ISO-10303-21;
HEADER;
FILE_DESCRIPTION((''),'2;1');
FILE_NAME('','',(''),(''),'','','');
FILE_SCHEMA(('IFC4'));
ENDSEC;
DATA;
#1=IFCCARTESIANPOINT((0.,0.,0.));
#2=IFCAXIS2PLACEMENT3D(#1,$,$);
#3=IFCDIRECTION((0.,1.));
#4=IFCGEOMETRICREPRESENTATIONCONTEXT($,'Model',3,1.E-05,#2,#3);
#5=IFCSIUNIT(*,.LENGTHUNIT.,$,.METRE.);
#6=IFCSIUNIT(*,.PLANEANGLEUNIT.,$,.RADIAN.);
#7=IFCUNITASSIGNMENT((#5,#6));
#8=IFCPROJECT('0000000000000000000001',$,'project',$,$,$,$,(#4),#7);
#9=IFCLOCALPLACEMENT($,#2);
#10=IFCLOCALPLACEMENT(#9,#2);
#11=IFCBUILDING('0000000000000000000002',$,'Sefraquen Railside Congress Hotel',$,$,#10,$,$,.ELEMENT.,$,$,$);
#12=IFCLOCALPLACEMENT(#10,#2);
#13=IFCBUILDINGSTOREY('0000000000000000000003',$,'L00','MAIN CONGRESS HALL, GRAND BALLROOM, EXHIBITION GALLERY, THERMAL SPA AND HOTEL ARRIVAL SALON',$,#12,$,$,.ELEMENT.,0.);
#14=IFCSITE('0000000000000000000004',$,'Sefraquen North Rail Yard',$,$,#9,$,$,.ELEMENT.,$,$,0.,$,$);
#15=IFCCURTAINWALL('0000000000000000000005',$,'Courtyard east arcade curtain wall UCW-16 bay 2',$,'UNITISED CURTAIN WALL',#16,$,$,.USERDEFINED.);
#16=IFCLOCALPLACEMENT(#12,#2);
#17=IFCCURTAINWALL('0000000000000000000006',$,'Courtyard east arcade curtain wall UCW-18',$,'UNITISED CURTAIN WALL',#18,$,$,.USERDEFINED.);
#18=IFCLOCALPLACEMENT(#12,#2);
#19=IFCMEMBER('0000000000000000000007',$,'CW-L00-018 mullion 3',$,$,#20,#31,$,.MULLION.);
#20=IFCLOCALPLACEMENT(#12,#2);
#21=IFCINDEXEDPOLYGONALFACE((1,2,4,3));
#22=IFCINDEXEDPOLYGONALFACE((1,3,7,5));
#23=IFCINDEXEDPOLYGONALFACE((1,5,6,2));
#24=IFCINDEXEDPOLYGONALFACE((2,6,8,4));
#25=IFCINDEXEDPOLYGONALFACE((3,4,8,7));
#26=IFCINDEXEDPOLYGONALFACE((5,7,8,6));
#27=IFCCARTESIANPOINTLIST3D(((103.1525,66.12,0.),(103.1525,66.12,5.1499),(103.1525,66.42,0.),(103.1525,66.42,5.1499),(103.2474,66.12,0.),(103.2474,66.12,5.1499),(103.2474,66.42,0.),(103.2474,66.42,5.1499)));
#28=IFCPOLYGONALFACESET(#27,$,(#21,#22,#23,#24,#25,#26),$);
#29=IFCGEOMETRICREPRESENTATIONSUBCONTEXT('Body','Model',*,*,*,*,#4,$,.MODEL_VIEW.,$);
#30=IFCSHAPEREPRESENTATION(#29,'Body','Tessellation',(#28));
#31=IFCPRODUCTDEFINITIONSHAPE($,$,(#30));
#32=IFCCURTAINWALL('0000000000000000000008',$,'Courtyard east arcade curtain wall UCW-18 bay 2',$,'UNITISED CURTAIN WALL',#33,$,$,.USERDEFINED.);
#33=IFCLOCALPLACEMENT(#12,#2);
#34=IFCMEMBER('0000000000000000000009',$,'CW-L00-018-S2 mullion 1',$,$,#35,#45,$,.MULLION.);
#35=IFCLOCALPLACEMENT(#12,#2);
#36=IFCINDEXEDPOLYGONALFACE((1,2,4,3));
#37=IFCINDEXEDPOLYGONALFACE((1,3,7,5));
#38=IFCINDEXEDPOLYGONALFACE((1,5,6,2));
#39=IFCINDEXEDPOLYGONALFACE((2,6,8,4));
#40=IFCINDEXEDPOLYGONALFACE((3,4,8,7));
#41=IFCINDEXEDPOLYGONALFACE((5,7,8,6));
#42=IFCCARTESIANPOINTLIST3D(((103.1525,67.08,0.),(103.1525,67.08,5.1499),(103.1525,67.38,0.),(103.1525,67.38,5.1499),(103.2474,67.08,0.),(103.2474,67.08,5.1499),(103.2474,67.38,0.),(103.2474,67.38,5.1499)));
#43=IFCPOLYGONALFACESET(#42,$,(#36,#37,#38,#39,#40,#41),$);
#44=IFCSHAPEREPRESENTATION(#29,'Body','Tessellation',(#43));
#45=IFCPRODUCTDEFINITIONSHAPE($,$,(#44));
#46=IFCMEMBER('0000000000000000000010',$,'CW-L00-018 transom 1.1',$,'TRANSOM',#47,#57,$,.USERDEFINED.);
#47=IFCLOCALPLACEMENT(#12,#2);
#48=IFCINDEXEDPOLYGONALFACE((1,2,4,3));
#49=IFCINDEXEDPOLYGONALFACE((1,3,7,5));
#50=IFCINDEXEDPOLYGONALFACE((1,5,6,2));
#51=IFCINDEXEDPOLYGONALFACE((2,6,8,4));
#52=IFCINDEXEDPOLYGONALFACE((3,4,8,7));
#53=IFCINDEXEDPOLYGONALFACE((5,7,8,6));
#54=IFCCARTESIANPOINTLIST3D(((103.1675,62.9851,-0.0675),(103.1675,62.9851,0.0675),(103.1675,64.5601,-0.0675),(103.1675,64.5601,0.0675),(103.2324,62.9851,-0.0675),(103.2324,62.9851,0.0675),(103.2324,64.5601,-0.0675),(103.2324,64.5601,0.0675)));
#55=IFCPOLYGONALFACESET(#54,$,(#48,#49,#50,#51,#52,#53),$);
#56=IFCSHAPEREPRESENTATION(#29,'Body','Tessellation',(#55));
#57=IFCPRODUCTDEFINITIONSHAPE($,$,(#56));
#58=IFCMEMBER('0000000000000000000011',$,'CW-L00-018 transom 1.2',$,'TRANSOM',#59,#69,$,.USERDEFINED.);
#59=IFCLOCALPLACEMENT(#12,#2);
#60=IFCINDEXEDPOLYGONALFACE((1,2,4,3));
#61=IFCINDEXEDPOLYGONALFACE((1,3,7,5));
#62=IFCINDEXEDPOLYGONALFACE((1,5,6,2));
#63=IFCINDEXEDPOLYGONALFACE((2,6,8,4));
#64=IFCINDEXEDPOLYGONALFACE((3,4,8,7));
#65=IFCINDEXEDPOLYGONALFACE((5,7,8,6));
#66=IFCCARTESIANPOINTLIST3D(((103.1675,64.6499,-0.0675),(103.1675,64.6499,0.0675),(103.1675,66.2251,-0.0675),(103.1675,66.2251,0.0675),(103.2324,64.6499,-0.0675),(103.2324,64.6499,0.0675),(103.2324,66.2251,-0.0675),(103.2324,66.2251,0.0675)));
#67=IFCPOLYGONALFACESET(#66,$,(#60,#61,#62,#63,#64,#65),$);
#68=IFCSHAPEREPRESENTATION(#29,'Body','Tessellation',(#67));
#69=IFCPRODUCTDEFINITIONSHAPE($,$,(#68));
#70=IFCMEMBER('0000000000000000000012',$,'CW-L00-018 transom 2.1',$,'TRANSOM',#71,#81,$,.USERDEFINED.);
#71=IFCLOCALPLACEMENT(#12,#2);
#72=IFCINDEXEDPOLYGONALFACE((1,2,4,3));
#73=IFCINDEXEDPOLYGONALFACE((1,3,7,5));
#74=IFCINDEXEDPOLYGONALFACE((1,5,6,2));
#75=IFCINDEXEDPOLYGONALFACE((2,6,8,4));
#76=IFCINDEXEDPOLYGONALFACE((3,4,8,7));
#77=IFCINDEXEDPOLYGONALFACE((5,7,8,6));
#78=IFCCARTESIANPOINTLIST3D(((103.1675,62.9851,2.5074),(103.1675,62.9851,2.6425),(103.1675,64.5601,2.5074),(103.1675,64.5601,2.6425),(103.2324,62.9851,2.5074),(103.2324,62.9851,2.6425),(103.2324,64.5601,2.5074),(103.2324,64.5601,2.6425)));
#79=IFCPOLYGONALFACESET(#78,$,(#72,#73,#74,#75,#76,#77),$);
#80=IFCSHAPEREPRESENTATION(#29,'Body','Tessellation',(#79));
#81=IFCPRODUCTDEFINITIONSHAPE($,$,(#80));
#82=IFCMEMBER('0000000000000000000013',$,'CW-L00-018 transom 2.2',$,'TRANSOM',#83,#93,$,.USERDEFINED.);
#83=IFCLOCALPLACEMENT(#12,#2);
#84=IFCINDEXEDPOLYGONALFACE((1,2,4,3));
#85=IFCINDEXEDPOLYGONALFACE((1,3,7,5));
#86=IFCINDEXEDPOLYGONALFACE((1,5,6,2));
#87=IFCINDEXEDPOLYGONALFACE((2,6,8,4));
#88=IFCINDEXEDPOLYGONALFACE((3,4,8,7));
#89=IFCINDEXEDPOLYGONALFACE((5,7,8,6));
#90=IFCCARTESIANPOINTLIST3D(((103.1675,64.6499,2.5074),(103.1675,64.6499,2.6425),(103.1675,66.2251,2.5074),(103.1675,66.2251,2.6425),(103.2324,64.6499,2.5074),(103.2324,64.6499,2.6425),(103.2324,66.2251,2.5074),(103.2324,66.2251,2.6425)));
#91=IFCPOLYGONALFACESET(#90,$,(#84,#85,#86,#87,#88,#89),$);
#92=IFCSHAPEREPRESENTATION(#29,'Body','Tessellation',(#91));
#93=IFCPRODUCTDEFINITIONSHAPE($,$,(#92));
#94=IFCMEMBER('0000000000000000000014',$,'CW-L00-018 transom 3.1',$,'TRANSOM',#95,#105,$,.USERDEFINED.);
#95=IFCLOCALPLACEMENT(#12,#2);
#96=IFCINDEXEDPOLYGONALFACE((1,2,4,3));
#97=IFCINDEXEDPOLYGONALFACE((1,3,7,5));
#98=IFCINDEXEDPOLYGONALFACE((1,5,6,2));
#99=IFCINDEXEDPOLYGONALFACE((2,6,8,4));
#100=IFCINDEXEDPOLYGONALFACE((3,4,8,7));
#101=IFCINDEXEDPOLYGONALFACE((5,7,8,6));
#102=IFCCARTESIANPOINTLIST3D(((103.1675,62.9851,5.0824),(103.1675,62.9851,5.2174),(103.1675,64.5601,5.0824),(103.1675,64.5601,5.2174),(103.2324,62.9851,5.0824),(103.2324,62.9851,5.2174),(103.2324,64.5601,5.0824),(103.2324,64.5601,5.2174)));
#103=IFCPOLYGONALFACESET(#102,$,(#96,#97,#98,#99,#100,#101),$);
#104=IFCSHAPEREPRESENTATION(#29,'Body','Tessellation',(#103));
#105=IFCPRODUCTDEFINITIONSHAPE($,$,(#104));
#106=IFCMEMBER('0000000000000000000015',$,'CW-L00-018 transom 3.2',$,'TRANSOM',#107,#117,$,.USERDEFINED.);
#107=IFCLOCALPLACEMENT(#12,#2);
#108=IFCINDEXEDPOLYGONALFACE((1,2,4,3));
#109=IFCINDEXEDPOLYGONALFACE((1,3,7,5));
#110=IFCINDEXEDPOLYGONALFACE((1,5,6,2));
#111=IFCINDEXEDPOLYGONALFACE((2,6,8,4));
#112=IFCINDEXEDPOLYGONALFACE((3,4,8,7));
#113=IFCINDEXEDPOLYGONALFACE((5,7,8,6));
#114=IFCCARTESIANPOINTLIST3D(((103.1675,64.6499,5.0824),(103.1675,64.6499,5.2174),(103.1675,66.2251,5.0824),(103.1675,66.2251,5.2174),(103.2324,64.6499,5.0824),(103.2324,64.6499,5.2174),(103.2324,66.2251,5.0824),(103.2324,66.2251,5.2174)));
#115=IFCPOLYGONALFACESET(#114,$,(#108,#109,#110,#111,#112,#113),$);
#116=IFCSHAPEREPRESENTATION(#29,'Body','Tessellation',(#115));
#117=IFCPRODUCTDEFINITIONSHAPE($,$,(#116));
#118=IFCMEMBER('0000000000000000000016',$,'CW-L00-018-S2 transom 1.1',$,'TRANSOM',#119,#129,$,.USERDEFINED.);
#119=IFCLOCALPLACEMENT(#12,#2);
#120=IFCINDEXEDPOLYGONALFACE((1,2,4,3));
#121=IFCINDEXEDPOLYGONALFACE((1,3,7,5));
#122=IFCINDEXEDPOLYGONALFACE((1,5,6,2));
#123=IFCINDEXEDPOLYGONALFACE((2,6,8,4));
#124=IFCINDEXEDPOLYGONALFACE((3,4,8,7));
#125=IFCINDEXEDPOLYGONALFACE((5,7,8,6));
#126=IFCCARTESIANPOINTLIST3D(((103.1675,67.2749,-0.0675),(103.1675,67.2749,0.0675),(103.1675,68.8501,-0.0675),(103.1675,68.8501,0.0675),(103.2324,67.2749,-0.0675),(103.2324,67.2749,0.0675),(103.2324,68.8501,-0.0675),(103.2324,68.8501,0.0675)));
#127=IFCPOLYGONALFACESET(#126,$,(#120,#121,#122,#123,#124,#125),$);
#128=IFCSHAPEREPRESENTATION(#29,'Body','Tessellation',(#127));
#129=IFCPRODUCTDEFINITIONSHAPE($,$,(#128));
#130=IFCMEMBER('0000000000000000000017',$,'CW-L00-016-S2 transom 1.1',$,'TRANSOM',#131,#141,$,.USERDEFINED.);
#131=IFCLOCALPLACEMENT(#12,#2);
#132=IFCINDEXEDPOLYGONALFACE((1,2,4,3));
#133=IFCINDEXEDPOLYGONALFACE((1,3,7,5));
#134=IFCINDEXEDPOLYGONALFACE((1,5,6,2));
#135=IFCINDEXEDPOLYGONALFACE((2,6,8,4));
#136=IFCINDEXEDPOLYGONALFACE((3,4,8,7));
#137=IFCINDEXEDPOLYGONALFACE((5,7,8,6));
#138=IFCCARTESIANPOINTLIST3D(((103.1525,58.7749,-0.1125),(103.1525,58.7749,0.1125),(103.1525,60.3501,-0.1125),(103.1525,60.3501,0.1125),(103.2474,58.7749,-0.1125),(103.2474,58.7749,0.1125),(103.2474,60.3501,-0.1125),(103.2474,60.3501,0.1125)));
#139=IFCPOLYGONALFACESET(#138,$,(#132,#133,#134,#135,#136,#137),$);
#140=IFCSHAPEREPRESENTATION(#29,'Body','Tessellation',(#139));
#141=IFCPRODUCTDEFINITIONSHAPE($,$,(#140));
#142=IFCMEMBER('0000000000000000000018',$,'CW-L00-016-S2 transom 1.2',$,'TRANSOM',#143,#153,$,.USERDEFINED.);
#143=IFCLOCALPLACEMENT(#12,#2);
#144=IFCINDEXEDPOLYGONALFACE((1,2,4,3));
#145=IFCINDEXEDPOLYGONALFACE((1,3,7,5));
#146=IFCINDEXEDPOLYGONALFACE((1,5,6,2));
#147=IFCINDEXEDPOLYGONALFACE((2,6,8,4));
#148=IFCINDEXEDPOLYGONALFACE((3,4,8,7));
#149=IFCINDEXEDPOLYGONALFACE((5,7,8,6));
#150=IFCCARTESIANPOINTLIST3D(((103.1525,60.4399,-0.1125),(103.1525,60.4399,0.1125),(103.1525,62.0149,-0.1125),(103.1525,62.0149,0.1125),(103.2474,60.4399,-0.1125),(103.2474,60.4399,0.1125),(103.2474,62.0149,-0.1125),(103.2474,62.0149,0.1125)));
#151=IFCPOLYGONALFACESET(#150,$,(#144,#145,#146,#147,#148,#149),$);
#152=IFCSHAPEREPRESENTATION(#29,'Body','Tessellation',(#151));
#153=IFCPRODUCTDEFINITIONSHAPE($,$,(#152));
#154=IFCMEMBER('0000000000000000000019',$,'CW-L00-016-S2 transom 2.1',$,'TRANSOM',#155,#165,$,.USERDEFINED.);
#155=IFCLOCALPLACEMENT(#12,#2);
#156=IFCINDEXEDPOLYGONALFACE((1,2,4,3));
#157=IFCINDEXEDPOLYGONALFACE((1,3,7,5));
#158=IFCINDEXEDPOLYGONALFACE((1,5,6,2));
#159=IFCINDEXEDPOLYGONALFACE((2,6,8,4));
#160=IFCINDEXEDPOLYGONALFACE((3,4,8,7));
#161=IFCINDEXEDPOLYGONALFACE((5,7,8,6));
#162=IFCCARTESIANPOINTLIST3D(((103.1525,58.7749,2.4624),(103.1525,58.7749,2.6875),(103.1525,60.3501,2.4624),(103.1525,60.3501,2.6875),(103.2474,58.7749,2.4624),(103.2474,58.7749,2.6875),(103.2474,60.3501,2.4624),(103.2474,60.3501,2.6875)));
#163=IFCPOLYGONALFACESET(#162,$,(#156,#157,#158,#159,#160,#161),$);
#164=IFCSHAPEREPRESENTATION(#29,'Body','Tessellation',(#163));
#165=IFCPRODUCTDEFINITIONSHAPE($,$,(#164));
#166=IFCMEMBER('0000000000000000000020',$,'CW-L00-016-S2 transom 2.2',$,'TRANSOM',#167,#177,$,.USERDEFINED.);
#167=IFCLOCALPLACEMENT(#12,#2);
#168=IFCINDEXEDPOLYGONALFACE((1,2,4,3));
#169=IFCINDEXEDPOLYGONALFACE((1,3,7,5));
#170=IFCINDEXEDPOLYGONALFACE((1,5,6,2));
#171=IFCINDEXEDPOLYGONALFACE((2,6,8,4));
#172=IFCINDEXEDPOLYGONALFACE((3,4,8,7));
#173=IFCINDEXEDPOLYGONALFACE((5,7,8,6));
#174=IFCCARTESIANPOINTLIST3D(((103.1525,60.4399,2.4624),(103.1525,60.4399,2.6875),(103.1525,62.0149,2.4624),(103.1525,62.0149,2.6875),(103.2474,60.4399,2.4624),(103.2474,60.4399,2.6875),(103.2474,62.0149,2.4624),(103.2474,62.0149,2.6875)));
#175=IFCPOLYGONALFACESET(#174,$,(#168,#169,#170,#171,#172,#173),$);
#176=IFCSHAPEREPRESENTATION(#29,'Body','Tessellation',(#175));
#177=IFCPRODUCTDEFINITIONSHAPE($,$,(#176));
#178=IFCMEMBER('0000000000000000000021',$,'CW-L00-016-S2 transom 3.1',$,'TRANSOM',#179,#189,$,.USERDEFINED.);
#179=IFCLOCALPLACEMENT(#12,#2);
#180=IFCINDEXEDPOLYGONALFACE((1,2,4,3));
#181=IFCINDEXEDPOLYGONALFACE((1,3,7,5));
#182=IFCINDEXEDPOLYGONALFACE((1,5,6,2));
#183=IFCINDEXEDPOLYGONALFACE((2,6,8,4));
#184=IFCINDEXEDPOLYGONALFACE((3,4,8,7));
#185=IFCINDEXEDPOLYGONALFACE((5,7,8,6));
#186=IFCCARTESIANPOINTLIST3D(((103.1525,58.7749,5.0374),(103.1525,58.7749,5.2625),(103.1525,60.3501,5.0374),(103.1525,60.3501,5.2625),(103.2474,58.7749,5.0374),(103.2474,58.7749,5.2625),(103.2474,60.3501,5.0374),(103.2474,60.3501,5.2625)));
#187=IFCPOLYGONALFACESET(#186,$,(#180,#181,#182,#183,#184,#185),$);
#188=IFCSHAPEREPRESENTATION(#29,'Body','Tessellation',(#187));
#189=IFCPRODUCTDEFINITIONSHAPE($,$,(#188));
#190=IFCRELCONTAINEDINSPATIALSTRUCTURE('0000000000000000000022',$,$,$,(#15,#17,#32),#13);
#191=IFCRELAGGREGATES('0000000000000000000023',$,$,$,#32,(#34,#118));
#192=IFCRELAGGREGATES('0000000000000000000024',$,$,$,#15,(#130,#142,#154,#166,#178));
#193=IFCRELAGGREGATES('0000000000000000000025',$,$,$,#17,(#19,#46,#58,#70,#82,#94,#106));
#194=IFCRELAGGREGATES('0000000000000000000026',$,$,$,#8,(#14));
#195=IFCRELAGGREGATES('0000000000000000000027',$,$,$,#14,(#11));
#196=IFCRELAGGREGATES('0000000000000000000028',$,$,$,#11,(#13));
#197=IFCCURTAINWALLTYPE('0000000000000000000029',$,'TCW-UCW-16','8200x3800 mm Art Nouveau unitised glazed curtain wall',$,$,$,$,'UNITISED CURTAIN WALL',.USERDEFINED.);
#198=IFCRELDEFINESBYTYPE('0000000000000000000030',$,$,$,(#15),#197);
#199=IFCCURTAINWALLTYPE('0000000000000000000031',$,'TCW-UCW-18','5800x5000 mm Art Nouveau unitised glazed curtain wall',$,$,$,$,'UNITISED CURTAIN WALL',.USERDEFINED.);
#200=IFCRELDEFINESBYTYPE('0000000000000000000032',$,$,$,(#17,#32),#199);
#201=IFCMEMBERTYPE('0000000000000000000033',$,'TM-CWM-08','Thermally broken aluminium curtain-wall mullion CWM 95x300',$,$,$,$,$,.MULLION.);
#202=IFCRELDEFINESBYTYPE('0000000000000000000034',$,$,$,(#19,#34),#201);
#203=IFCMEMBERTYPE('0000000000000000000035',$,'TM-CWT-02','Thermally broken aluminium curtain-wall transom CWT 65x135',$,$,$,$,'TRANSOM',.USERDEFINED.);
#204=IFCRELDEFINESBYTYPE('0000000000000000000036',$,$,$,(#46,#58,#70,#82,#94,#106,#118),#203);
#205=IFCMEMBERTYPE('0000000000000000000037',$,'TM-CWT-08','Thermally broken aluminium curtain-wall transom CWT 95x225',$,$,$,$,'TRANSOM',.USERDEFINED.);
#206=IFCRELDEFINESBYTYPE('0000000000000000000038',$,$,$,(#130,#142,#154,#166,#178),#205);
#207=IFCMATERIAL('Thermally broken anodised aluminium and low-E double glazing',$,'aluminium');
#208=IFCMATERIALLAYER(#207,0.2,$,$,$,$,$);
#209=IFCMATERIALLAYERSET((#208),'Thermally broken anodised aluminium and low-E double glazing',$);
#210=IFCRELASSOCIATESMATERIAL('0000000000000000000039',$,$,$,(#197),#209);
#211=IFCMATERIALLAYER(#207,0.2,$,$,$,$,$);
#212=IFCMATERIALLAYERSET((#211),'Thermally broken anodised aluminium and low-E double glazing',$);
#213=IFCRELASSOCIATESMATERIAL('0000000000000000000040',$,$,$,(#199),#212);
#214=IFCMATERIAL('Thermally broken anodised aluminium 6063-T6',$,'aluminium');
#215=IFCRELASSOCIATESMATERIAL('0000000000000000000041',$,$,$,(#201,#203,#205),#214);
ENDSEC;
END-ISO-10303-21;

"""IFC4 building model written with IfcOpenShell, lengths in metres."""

from ifc_helpers import new_model, si_unit, direction, frame, origin, origin_2d, place, context, subcontext, project, spatial, rectangle, extrude, material, layer, layer_set, material_profile, profile_set, type_object, element, aggregate, save


model = new_model("IFC4")

# Units and contexts
model_context = context("Model", 3, precision=1e-05, world=origin(), true_north=direction((0.0, 1.0)))
body_context = subcontext(model_context, "Body", "Model", "MODEL_VIEW")
ifc_project = project(units=[si_unit("LENGTHUNIT", "METRE"), si_unit("PLANEANGLEUNIT", "RADIAN")], contexts=[model_context])

# Site, building, storey
site_placement = place(None, origin())
site = spatial("IfcSite", under=ifc_project, at=site_placement, Name="Sefraquen North Rail Yard", CompositionType="ELEMENT", RefElevation=0.0)
building_placement = place(site_placement, origin())
building = spatial("IfcBuilding", under=site, at=building_placement, Name="Sefraquen Railside Congress Hotel", CompositionType="ELEMENT")
storey_placement = place(building_placement, origin())
storey = spatial("IfcBuildingStorey", under=building, at=storey_placement, Name="L00", Description="MAIN CONGRESS HALL, GRAND BALLROOM, EXHIBITION GALLERY, THERMAL SPA AND HOTEL ARRIVAL SALON", CompositionType="ELEMENT", Elevation=0.0)

# Curtain walls
ifc_material_1 = material(Name="Thermally broken anodised aluminium and low-E double glazing", Category="aluminium")
ifc_layer_1 = layer(ifc_material_1, 0.2)
ifc_layer_set_1 = layer_set([ifc_layer_1], Name="Thermally broken anodised aluminium and low-E double glazing")
curtain_wall_type_1 = type_object("IfcCurtainWallType", Name="TCW-UCW-16", Description="8200x3800 mm Art Nouveau unitised glazed curtain wall", ElementType="UNITISED CURTAIN WALL", PredefinedType="USERDEFINED", material=ifc_layer_set_1)
curtain_wall_1_placement = place(storey_placement, origin())
curtain_wall_1 = element("IfcCurtainWall", 1, at=curtain_wall_1_placement, inside=storey, type_object=curtain_wall_type_1, Name="Courtyard east arcade curtain wall UCW-16 bay 2", ObjectType="UNITISED CURTAIN WALL", PredefinedType="USERDEFINED")
ifc_material_2 = material(Name="Thermally broken anodised aluminium 6063-T6", Category="aluminium")
ifc_layer_2 = layer(ifc_material_1, 0.2)
ifc_layer_set_2 = layer_set([ifc_layer_2], Name="Thermally broken anodised aluminium and low-E double glazing")
curtain_wall_type_2 = type_object("IfcCurtainWallType", Name="TCW-UCW-18", Description="5800x5000 mm Art Nouveau unitised glazed curtain wall", ElementType="UNITISED CURTAIN WALL", PredefinedType="USERDEFINED", material=ifc_layer_set_2)
curtain_wall_2_placement = place(storey_placement, origin())
curtain_wall_2 = element("IfcCurtainWall", 2, at=curtain_wall_2_placement, inside=storey, type_object=curtain_wall_type_2, Name="Courtyard east arcade curtain wall UCW-18", ObjectType="UNITISED CURTAIN WALL", PredefinedType="USERDEFINED")

# Member
ifc_material_profile_1 = material_profile(ifc_material_2, rectangle(XDim=0.095, YDim=0.3, at=origin_2d()), Name="CWM 95x300")
ifc_profile_set_1 = profile_set([ifc_material_profile_1], Name="Thermally broken anodised aluminium 6063-T6")
member_type_1 = type_object("IfcMemberType", Name="TM-CWM-08", Description="Thermally broken aluminium curtain-wall mullion CWM 95x300", PredefinedType="MULLION", material=ifc_profile_set_1)
member_1_placement = place(storey_placement, frame((103.2, 66.27, 0.0), z_axis=(0.0, 0.0, 1.0), x_axis=(1.0, 0.0, 0.0)))
member_1 = element("IfcMember", 3, at=member_1_placement, type_object=member_type_1, Name="CW-L00-018 mullion 3", PredefinedType="MULLION", context=body_context, shape_type="SweptSolid", body=[
    extrude(rectangle(XDim=0.095, YDim=0.3, at=origin_2d()), origin(), (0.0, 0.0, 1.0), 5.1499),
])

# Curtain wall, member
curtain_wall_3_placement = place(storey_placement, origin())
curtain_wall_3 = element("IfcCurtainWall", 4, at=curtain_wall_3_placement, inside=storey, type_object=curtain_wall_type_2, Name="Courtyard east arcade curtain wall UCW-18 bay 2", ObjectType="UNITISED CURTAIN WALL", PredefinedType="USERDEFINED")
member_2_placement = place(storey_placement, frame((103.2, 67.23, 0.0), z_axis=(0.0, 0.0, 1.0), x_axis=(1.0, 0.0, 0.0)))
member_2 = element("IfcMember", 5, at=member_2_placement, type_object=member_type_1, Name="CW-L00-018-S2 mullion 1", PredefinedType="MULLION", context=body_context, shape_type="SweptSolid", body=[
    extrude(rectangle(XDim=0.095, YDim=0.3, at=origin_2d()), origin(), (0.0, 0.0, 1.0), 5.1499),
])

# Members
ifc_material_profile_2 = material_profile(ifc_material_2, rectangle(XDim=0.0649, YDim=0.135, at=origin_2d()), Name="CWT 65x135")
ifc_profile_set_2 = profile_set([ifc_material_profile_2], Name="Thermally broken anodised aluminium 6063-T6")
member_type_2 = type_object("IfcMemberType", Name="TM-CWT-02", Description="Thermally broken aluminium curtain-wall transom CWT 65x135", ElementType="TRANSOM", PredefinedType="USERDEFINED", material=ifc_profile_set_2)
member_3_placement = place(storey_placement, frame((103.2, 62.9851, 0.0), z_axis=(0.0, 1.0, 0.0), x_axis=(-1.0, 0.0, 0.0)))
member_3 = element("IfcMember", 6, at=member_3_placement, type_object=member_type_2, Name="CW-L00-018 transom 1.1", ObjectType="TRANSOM", PredefinedType="USERDEFINED", context=body_context, shape_type="SweptSolid", body=[
    extrude(rectangle(XDim=0.0649, YDim=0.135, at=origin_2d()), origin(), (0.0, 0.0, 1.0), 1.575),
])
member_4_placement = place(storey_placement, frame((103.2, 64.6499, 0.0), z_axis=(0.0, 1.0, 0.0), x_axis=(-1.0, 0.0, 0.0)))
member_4 = element("IfcMember", 7, at=member_4_placement, type_object=member_type_2, Name="CW-L00-018 transom 1.2", ObjectType="TRANSOM", PredefinedType="USERDEFINED", context=body_context, shape_type="SweptSolid", body=[
    extrude(rectangle(XDim=0.0649, YDim=0.135, at=origin_2d()), origin(), (0.0, 0.0, 1.0), 1.5752),
])
member_5_placement = place(storey_placement, frame((103.2, 62.9851, 2.575), z_axis=(0.0, 1.0, 0.0), x_axis=(-1.0, 0.0, 0.0)))
member_5 = element("IfcMember", 8, at=member_5_placement, type_object=member_type_2, Name="CW-L00-018 transom 2.1", ObjectType="TRANSOM", PredefinedType="USERDEFINED", context=body_context, shape_type="SweptSolid", body=[
    extrude(rectangle(XDim=0.0649, YDim=0.135, at=origin_2d()), origin(), (0.0, 0.0, 1.0), 1.575),
])
member_6_placement = place(storey_placement, frame((103.2, 64.6499, 2.575), z_axis=(0.0, 1.0, 0.0), x_axis=(-1.0, 0.0, 0.0)))
member_6 = element("IfcMember", 9, at=member_6_placement, type_object=member_type_2, Name="CW-L00-018 transom 2.2", ObjectType="TRANSOM", PredefinedType="USERDEFINED", context=body_context, shape_type="SweptSolid", body=[
    extrude(rectangle(XDim=0.0649, YDim=0.135, at=origin_2d()), origin(), (0.0, 0.0, 1.0), 1.5752),
])
member_7_placement = place(storey_placement, frame((103.2, 62.9851, 5.1499), z_axis=(0.0, 1.0, 0.0), x_axis=(-1.0, 0.0, 0.0)))
member_7 = element("IfcMember", 10, at=member_7_placement, type_object=member_type_2, Name="CW-L00-018 transom 3.1", ObjectType="TRANSOM", PredefinedType="USERDEFINED", context=body_context, shape_type="SweptSolid", body=[
    extrude(rectangle(XDim=0.0649, YDim=0.135, at=origin_2d()), origin(), (0.0, 0.0, 1.0), 1.575),
])
member_8_placement = place(storey_placement, frame((103.2, 64.6499, 5.1499), z_axis=(0.0, 1.0, 0.0), x_axis=(-1.0, 0.0, 0.0)))
member_8 = element("IfcMember", 11, at=member_8_placement, type_object=member_type_2, Name="CW-L00-018 transom 3.2", ObjectType="TRANSOM", PredefinedType="USERDEFINED", context=body_context, shape_type="SweptSolid", body=[
    extrude(rectangle(XDim=0.0649, YDim=0.135, at=origin_2d()), origin(), (0.0, 0.0, 1.0), 1.5752),
])
member_9_placement = place(storey_placement, frame((103.2, 67.2749, 0.0), z_axis=(0.0, 1.0, 0.0), x_axis=(-1.0, 0.0, 0.0)))
member_9 = element("IfcMember", 12, at=member_9_placement, type_object=member_type_2, Name="CW-L00-018-S2 transom 1.1", ObjectType="TRANSOM", PredefinedType="USERDEFINED", context=body_context, shape_type="SweptSolid", body=[
    extrude(rectangle(XDim=0.0649, YDim=0.135, at=origin_2d()), origin(), (0.0, 0.0, 1.0), 1.5752),
])
aggregate(curtain_wall_3, [member_2, member_9])
ifc_material_profile_3 = material_profile(ifc_material_2, rectangle(XDim=0.095, YDim=0.2251, at=origin_2d()), Name="CWT 95x225")
ifc_profile_set_3 = profile_set([ifc_material_profile_3], Name="Thermally broken anodised aluminium 6063-T6")
member_type_3 = type_object("IfcMemberType", Name="TM-CWT-08", Description="Thermally broken aluminium curtain-wall transom CWT 95x225", ElementType="TRANSOM", PredefinedType="USERDEFINED", material=ifc_profile_set_3)
member_10_placement = place(storey_placement, frame((103.2, 58.7749, 0.0), z_axis=(0.0, 1.0, 0.0), x_axis=(-1.0, 0.0, 0.0)))
member_10 = element("IfcMember", 13, at=member_10_placement, type_object=member_type_3, Name="CW-L00-016-S2 transom 1.1", ObjectType="TRANSOM", PredefinedType="USERDEFINED", context=body_context, shape_type="SweptSolid", body=[
    extrude(rectangle(XDim=0.095, YDim=0.2251, at=origin_2d()), origin(), (0.0, 0.0, 1.0), 1.5752),
])
member_11_placement = place(storey_placement, frame((103.2, 60.4399, 0.0), z_axis=(0.0, 1.0, 0.0), x_axis=(-1.0, 0.0, 0.0)))
member_11 = element("IfcMember", 14, at=member_11_placement, type_object=member_type_3, Name="CW-L00-016-S2 transom 1.2", ObjectType="TRANSOM", PredefinedType="USERDEFINED", context=body_context, shape_type="SweptSolid", body=[
    extrude(rectangle(XDim=0.095, YDim=0.2251, at=origin_2d()), origin(), (0.0, 0.0, 1.0), 1.575),
])
member_12_placement = place(storey_placement, frame((103.2, 58.7749, 2.575), z_axis=(0.0, 1.0, 0.0), x_axis=(-1.0, 0.0, 0.0)))
member_12 = element("IfcMember", 15, at=member_12_placement, type_object=member_type_3, Name="CW-L00-016-S2 transom 2.1", ObjectType="TRANSOM", PredefinedType="USERDEFINED", context=body_context, shape_type="SweptSolid", body=[
    extrude(rectangle(XDim=0.095, YDim=0.2251, at=origin_2d()), origin(), (0.0, 0.0, 1.0), 1.5752),
])
member_13_placement = place(storey_placement, frame((103.2, 60.4399, 2.575), z_axis=(0.0, 1.0, 0.0), x_axis=(-1.0, 0.0, 0.0)))
member_13 = element("IfcMember", 16, at=member_13_placement, type_object=member_type_3, Name="CW-L00-016-S2 transom 2.2", ObjectType="TRANSOM", PredefinedType="USERDEFINED", context=body_context, shape_type="SweptSolid", body=[
    extrude(rectangle(XDim=0.095, YDim=0.2251, at=origin_2d()), origin(), (0.0, 0.0, 1.0), 1.575),
])
member_14_placement = place(storey_placement, frame((103.2, 58.7749, 5.1499), z_axis=(0.0, 1.0, 0.0), x_axis=(-1.0, 0.0, 0.0)))
member_14 = element("IfcMember", 17, at=member_14_placement, type_object=member_type_3, Name="CW-L00-016-S2 transom 3.1", ObjectType="TRANSOM", PredefinedType="USERDEFINED", context=body_context, shape_type="SweptSolid", body=[
    extrude(rectangle(XDim=0.095, YDim=0.2251, at=origin_2d()), origin(), (0.0, 0.0, 1.0), 1.5752),
])

aggregate(curtain_wall_1, [member_10, member_11, member_12, member_13, member_14])
aggregate(curtain_wall_2, [member_1, member_3, member_4, member_5, member_6, member_7, member_8])

save(model, "model.ifc")
